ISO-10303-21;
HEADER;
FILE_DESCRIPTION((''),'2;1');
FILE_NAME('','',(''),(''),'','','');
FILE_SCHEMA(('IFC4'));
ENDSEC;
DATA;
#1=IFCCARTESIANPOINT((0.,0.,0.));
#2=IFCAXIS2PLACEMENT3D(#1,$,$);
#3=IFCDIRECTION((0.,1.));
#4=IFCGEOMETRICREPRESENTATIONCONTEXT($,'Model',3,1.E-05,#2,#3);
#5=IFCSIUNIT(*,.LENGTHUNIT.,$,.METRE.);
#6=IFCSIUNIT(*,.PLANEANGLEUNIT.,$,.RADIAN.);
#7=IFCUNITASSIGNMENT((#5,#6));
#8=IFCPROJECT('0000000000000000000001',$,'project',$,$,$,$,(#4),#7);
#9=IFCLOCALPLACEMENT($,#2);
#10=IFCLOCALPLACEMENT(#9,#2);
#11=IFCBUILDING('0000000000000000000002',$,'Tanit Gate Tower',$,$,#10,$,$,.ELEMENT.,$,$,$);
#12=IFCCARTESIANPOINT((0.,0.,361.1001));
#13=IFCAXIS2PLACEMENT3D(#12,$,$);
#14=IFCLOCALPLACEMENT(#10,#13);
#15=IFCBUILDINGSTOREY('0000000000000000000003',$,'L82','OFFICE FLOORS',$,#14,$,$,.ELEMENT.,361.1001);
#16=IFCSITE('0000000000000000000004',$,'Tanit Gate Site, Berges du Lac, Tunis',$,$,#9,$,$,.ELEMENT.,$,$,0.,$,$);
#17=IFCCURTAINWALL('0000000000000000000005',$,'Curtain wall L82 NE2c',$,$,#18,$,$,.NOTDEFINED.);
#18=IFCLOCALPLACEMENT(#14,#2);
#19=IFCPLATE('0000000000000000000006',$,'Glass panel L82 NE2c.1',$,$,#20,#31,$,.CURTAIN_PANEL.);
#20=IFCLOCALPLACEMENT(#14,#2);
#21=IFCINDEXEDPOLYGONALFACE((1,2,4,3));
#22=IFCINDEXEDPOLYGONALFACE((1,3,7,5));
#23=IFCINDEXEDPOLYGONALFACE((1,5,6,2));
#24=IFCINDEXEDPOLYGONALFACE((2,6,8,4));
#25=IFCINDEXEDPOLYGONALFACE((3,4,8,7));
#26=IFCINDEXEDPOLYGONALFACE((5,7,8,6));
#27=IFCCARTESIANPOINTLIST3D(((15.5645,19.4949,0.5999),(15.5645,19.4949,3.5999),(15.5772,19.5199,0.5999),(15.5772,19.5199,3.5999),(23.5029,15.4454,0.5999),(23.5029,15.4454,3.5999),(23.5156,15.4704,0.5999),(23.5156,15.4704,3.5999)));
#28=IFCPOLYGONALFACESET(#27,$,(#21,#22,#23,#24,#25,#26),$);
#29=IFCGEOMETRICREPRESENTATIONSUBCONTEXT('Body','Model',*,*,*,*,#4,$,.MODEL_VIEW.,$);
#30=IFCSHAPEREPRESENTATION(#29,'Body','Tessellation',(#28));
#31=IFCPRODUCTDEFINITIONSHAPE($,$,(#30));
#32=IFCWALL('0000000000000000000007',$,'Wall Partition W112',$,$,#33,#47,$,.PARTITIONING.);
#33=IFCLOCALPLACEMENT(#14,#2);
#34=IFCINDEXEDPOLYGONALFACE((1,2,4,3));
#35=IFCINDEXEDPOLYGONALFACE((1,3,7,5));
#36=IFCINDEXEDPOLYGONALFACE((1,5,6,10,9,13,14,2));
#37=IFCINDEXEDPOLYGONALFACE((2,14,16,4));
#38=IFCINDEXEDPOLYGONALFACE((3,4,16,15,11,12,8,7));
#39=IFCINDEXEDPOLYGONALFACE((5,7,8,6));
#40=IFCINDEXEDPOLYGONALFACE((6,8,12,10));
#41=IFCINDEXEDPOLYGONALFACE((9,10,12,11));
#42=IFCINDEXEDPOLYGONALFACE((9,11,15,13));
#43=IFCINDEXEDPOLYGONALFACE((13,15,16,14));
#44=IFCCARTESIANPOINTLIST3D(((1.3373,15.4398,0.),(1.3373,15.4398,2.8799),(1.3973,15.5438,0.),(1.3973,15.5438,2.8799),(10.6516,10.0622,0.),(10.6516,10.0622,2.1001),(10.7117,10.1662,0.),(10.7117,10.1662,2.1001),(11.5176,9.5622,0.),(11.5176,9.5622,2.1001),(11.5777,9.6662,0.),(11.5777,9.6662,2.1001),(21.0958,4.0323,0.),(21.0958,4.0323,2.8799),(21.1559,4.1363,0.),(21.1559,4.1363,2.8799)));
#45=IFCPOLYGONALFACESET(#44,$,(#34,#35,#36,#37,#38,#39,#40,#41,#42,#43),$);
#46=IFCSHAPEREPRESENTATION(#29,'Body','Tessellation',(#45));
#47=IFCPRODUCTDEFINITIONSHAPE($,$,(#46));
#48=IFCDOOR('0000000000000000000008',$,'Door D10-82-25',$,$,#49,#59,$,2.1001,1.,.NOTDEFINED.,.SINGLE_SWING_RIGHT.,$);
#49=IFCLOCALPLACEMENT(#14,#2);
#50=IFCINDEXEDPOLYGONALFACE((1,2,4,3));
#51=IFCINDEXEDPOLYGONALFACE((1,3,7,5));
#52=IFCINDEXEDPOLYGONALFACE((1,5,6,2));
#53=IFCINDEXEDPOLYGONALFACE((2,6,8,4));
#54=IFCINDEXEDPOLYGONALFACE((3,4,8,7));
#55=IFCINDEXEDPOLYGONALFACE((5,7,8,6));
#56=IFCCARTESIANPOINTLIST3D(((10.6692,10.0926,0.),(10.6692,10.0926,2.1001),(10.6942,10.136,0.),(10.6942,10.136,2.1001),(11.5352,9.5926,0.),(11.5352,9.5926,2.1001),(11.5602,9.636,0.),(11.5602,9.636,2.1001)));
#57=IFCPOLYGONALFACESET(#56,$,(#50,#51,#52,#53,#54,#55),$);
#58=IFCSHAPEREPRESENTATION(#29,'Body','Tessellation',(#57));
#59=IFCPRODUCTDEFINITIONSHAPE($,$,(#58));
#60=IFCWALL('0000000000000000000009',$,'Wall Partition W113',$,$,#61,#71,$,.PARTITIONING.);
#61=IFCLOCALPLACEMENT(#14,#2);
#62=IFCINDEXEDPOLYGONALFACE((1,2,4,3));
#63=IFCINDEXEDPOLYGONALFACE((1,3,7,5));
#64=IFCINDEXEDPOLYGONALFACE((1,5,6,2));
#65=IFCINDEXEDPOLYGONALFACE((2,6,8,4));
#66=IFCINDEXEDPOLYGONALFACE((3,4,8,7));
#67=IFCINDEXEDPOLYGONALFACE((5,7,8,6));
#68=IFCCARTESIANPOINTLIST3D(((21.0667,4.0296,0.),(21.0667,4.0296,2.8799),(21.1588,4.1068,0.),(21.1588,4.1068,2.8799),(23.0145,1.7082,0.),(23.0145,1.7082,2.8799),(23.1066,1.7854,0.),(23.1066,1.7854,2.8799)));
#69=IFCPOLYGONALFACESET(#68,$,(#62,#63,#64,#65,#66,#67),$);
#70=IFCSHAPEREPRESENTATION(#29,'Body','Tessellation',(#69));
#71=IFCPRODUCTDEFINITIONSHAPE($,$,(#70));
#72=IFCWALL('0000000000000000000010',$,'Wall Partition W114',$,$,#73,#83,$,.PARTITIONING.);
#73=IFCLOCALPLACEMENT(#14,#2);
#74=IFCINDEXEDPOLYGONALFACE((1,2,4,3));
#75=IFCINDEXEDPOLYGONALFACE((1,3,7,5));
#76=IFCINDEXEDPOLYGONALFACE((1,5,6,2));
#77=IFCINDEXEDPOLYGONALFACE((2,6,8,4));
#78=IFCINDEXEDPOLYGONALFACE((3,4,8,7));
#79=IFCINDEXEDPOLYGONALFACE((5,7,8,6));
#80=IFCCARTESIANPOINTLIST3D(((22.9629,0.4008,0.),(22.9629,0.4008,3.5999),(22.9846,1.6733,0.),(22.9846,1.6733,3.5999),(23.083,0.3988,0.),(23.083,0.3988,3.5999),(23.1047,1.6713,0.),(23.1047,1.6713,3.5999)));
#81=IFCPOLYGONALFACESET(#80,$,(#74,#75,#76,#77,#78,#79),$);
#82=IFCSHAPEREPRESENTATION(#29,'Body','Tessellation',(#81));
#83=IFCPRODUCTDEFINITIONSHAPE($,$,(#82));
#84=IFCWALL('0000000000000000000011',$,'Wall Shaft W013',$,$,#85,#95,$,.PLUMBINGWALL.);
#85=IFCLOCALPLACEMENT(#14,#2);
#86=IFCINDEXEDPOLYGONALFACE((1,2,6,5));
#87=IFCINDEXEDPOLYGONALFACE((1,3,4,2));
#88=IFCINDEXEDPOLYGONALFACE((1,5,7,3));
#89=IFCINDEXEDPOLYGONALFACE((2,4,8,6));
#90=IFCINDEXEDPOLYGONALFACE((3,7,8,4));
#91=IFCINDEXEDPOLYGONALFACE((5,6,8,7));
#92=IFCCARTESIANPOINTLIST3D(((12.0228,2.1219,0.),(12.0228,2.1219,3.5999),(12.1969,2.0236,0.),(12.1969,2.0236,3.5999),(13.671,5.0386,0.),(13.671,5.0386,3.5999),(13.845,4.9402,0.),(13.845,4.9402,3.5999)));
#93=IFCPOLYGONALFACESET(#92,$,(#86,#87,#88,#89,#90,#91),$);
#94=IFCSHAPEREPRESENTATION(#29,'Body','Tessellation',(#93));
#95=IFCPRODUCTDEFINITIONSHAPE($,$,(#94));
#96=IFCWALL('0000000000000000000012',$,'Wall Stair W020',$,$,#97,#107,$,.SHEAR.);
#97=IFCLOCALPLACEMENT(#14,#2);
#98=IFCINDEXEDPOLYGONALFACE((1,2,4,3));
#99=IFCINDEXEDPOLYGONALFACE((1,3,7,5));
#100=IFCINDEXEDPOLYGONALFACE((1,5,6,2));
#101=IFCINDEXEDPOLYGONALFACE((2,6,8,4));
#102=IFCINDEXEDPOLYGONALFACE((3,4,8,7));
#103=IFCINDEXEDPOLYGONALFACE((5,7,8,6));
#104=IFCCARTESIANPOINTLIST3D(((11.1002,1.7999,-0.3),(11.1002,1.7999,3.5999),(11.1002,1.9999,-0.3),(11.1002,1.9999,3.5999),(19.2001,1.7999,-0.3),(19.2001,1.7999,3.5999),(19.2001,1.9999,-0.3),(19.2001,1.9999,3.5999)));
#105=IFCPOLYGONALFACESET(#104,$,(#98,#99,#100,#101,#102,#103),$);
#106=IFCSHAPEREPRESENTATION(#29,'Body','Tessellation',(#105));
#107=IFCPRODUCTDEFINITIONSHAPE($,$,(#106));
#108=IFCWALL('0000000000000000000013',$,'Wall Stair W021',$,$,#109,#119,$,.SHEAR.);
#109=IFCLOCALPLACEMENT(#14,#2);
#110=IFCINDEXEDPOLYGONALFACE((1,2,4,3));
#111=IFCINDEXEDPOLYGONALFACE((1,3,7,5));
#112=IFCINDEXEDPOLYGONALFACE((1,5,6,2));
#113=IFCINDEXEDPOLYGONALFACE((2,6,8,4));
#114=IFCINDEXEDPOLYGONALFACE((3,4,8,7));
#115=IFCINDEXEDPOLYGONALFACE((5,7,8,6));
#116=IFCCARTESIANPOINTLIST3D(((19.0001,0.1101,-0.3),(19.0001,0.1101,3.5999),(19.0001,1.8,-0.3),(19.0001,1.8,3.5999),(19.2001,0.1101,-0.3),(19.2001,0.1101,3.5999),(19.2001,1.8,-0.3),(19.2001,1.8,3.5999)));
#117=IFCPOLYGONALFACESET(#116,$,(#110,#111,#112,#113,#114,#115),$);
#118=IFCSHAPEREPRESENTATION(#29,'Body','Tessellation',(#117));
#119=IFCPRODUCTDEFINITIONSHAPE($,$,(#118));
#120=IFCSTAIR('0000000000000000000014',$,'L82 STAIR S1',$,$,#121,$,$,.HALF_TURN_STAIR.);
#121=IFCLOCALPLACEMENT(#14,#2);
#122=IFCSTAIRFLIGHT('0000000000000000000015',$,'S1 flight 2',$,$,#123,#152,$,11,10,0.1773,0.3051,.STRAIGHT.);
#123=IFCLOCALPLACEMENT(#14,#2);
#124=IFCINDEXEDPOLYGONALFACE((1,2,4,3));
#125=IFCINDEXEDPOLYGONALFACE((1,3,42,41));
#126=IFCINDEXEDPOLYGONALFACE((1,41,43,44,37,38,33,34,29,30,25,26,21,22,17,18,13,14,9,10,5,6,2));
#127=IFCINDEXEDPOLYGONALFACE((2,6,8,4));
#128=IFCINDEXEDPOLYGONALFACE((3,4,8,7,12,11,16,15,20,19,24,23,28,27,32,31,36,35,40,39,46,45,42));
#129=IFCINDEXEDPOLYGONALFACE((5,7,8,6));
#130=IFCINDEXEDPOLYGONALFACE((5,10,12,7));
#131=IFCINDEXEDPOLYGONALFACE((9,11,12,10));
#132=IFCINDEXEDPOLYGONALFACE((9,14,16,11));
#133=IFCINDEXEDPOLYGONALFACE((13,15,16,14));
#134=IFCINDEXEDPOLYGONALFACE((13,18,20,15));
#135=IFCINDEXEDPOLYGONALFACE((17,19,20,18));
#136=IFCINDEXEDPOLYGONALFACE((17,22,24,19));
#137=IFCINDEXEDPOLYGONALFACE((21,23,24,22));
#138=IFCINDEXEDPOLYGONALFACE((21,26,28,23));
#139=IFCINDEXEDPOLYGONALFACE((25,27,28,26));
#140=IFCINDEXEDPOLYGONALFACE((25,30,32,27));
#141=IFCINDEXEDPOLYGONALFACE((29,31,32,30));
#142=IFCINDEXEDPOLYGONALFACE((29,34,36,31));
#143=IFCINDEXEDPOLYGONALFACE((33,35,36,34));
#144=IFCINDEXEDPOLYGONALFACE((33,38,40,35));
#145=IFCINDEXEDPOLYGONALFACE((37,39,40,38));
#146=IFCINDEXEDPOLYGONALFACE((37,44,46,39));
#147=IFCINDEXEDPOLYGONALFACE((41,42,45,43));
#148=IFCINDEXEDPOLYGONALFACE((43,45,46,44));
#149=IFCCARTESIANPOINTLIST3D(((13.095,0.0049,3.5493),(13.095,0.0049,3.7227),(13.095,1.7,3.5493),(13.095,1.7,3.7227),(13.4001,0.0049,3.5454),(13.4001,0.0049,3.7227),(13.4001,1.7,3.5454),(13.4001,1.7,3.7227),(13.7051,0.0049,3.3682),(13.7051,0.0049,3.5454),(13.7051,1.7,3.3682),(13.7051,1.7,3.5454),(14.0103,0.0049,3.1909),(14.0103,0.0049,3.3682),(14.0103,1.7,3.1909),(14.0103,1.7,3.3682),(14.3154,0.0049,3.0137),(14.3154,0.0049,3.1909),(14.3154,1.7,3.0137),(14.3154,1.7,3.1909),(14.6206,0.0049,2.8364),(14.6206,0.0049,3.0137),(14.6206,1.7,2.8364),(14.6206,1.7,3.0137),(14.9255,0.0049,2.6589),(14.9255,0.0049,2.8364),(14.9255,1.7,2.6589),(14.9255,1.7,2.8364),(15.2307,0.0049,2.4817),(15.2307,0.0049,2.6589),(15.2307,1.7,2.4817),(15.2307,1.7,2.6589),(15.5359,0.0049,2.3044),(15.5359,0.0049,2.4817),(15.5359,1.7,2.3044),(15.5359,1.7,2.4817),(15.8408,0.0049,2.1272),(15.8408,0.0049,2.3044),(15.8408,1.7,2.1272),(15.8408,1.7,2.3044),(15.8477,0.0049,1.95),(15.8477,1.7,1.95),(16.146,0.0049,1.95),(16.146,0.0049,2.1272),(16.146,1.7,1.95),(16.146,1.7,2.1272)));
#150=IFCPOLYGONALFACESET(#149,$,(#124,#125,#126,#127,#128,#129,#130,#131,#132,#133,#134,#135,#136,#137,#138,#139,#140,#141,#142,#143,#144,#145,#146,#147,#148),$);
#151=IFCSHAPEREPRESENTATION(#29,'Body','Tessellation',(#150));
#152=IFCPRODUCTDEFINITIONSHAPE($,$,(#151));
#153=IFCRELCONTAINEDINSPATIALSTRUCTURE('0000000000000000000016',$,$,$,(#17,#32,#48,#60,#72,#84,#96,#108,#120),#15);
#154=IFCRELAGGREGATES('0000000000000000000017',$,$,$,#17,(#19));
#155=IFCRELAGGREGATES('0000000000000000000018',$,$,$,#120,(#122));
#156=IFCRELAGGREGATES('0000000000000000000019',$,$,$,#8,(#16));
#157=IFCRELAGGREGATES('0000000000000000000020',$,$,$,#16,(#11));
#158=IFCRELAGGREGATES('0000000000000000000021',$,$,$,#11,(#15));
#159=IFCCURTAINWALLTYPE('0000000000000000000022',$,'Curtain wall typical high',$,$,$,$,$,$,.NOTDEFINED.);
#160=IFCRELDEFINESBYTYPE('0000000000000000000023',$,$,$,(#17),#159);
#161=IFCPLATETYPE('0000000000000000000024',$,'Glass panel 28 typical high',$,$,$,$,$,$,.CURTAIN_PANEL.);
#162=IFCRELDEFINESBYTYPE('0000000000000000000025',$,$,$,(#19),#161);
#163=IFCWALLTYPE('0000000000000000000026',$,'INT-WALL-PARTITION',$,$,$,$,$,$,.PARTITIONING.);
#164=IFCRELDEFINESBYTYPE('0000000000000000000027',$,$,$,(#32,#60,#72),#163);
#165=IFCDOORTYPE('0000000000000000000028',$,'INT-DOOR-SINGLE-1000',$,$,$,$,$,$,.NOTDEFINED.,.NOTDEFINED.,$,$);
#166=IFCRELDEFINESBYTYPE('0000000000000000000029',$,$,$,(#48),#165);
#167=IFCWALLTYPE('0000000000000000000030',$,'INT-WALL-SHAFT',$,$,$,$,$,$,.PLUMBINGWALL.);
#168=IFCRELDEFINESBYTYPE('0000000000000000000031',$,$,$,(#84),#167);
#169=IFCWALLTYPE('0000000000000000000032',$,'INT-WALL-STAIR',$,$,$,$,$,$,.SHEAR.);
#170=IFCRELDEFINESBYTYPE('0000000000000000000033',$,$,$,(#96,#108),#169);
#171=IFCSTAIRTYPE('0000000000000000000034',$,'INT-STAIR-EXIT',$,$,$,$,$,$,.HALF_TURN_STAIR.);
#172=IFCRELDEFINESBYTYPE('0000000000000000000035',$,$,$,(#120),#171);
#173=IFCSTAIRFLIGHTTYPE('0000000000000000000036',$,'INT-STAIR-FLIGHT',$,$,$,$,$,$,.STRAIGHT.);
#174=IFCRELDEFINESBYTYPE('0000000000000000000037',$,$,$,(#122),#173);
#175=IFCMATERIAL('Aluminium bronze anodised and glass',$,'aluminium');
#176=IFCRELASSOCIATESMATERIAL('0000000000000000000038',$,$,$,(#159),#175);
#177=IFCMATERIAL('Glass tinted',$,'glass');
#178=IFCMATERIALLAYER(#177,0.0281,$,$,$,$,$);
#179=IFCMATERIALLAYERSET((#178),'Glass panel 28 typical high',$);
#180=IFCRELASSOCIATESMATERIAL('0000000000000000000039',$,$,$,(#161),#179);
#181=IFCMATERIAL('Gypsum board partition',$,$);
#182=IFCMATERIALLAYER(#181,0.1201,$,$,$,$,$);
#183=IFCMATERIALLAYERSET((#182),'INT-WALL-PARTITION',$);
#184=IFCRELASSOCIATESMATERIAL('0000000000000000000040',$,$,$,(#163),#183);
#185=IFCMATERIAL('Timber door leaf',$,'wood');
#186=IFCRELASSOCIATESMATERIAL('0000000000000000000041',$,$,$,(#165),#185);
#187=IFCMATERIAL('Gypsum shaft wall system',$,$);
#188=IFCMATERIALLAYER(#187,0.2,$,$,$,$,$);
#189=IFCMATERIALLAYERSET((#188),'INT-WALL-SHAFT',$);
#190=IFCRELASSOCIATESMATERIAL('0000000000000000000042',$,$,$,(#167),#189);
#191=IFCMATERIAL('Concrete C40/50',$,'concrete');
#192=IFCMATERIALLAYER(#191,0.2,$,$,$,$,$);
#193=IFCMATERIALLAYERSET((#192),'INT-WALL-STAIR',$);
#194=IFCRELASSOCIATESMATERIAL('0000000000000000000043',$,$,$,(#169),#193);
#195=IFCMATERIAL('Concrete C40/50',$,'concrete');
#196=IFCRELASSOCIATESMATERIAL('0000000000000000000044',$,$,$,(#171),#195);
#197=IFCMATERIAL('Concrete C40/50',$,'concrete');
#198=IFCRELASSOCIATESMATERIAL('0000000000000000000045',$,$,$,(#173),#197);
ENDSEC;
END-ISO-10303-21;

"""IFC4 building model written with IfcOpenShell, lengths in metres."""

from ifc_helpers import new_model, si_unit, direction, frame, frame_2d, origin, origin_2d, place, context, subcontext, project, spatial, polyline, rectangle, outline, extrude, material, layer, layer_set, type_object, element, fill, aggregate, save


model = new_model("IFC4")

# Units and contexts
model_context = context("Model", 3, precision=1e-05, world=origin(), true_north=direction((0.0, 1.0)))
body_context = subcontext(model_context, "Body", "Model", "MODEL_VIEW")
ifc_project = project(units=[si_unit("LENGTHUNIT", "METRE"), si_unit("PLANEANGLEUNIT", "RADIAN")], contexts=[model_context])

# Site, building, storey
site_placement = place(None, origin())
site = spatial("IfcSite", under=ifc_project, at=site_placement, Name="Tanit Gate Site, Berges du Lac, Tunis", CompositionType="ELEMENT", RefElevation=0.0)
building_placement = place(site_placement, origin())
building = spatial("IfcBuilding", under=site, at=building_placement, Name="Tanit Gate Tower", CompositionType="ELEMENT")
storey_placement = place(building_placement, frame((0.0, 0.0, 361.1001)))
storey = spatial("IfcBuildingStorey", under=building, at=storey_placement, Name="L82", Description="OFFICE FLOORS", CompositionType="ELEMENT", Elevation=361.1001)

# Curtain wall
ifc_material_1 = material(Name="Aluminium bronze anodised and glass", Category="aluminium")
curtain_wall_type = type_object("IfcCurtainWallType", Name="Curtain wall typical high", PredefinedType="NOTDEFINED", material=ifc_material_1)
curtain_wall_placement = place(storey_placement, origin())
curtain_wall = element("IfcCurtainWall", 1, at=curtain_wall_placement, inside=storey, type_object=curtain_wall_type, Name="Curtain wall L82 NE2c", PredefinedType="NOTDEFINED")

# Plate
ifc_material_2 = material(Name="Glass tinted", Category="glass")
ifc_layer_1 = layer(ifc_material_2, 0.0281)
ifc_layer_set_1 = layer_set([ifc_layer_1], Name="Glass panel 28 typical high")
plate_type = type_object("IfcPlateType", Name="Glass panel 28 typical high", PredefinedType="CURTAIN_PANEL", material=ifc_layer_set_1)
plate_placement = place(storey_placement, frame((19.54, 17.4827, 0.5999), z_axis=(0.0, 0.0, 1.0), x_axis=(-0.890792, 0.454411, 0.0)))
plate = element("IfcPlate", 2, at=plate_placement, type_object=plate_type, Name="Glass panel L82 NE2c.1", PredefinedType="CURTAIN_PANEL", context=body_context, shape_type="SweptSolid", body=[
    extrude(rectangle(XDim=8.9116, YDim=0.0281, at=origin_2d()), origin(), (0.0, 0.0, 1.0), 3.0),
])
aggregate(curtain_wall, [plate])

# Wall, opening, door
ifc_material_3 = material(Name="Gypsum board partition")
ifc_layer_2 = layer(ifc_material_3, 0.1201)
ifc_layer_set_2 = layer_set([ifc_layer_2], Name="INT-WALL-PARTITION")
wall_type_1 = type_object("IfcWallType", Name="INT-WALL-PARTITION", PredefinedType="PARTITIONING", material=ifc_layer_set_2)
wall_1_placement = place(storey_placement, frame((21.126, 4.0842, 0.0), z_axis=(0.0, 0.0, 1.0), x_axis=(-0.866028, 0.499996, 0.0)))
wall_1 = element("IfcWall", 3, at=wall_1_placement, inside=storey, type_object=wall_type_1, Name="Wall Partition W112", PredefinedType="PARTITIONING", context=body_context, shape_type="SweptSolid", body=[
    extrude(rectangle(XDim=22.8152, YDim=0.1201, at=frame_2d((11.4077, 0.0))), origin(), (0.0, 0.0, 1.0), 2.8799),
])
opening_1_placement = place(wall_1_placement, frame((11.0601, 0.0, 0.0)))
opening_1 = element("IfcOpeningElement", 4, at=opening_1_placement, cuts=wall_1, PredefinedType="OPENING", context=body_context, shape_type="SweptSolid", body=[
    extrude(rectangle(XDim=1.0, YDim=2.1001, at=frame_2d((0.5, 1.05))), frame((0.0, 0.0701, 0.0), z_axis=(0.0, -1.0, 0.0), x_axis=(1.0, 0.0, 0.0)), (0.0, 0.0, 1.0), 0.1401),
])
ifc_material_4 = material(Name="Timber door leaf", Category="wood")
door_type_1 = type_object("IfcDoorType", Name="INT-DOOR-SINGLE-1000", OperationType="NOTDEFINED", PredefinedType="NOTDEFINED", material=ifc_material_4)
door_1_placement = place(opening_1_placement, origin())
door_1 = element("IfcDoor", 5, at=door_1_placement, inside=storey, type_object=door_type_1, Name="Door D10-82-25", OperationType="SINGLE_SWING_RIGHT", OverallHeight=2.1001, OverallWidth=1.0, PredefinedType="NOTDEFINED", context=body_context, shape_type="SweptSolid", body=[
    extrude(rectangle(XDim=1.0, YDim=2.1001, at=frame_2d((0.5, 1.05))), frame((0.0, 0.0249, 0.0), z_axis=(0.0, -1.0, 0.0), x_axis=(1.0, 0.0, 0.0)), (0.0, 0.0, 1.0), 0.05),
])
fill(opening_1, door_1)

# Walls
wall_2_placement = place(storey_placement, frame((23.0605, 1.7468, 0.0), z_axis=(0.0, 0.0, 1.0), x_axis=(-0.64278, 0.766051, 0.0)))
element("IfcWall", 6, at=wall_2_placement, inside=storey, type_object=wall_type_1, Name="Wall Partition W113", PredefinedType="PARTITIONING", context=body_context, shape_type="SweptSolid", body=[
    extrude(rectangle(XDim=3.0303, YDim=0.1201, at=frame_2d((1.5151, 0.0))), origin(), (0.0, 0.0, 1.0), 2.8799),
])
wall_3_placement = place(storey_placement, frame((23.0229, 0.3999, 0.0), z_axis=(0.0, 0.0, 1.0), x_axis=(0.017073, 0.999854, 0.0)))
element("IfcWall", 7, at=wall_3_placement, inside=storey, type_object=wall_type_1, Name="Wall Partition W114", PredefinedType="PARTITIONING", context=body_context, shape_type="SweptSolid", body=[
    extrude(rectangle(XDim=1.2727, YDim=0.1201, at=frame_2d((0.6362, 0.0))), origin(), (0.0, 0.0, 1.0), 3.5999),
])
ifc_material_5 = material(Name="Gypsum shaft wall system")
ifc_layer_3 = layer(ifc_material_5, 0.2)
ifc_layer_set_3 = layer_set([ifc_layer_3], Name="INT-WALL-SHAFT")
wall_type_2 = type_object("IfcWallType", Name="INT-WALL-SHAFT", PredefinedType="PLUMBINGWALL", material=ifc_layer_set_3)
wall_4_placement = place(storey_placement, frame((12.1099, 2.0728, 0.0), z_axis=(0.0, 0.0, 1.0), x_axis=(0.491966, 0.870614, 0.0)))
element("IfcWall", 8, at=wall_4_placement, inside=storey, type_object=wall_type_2, Name="Wall Shaft W013", PredefinedType="PLUMBINGWALL", context=body_context, shape_type="SweptSolid", body=[
    extrude(rectangle(XDim=3.3501, YDim=0.2, at=frame_2d((1.675, 0.0))), origin(), (0.0, 0.0, 1.0), 3.5999),
])
ifc_material_6 = material(Name="Concrete C40/50", Category="concrete")
ifc_layer_4 = layer(ifc_material_6, 0.2)
ifc_layer_set_4 = layer_set([ifc_layer_4], Name="INT-WALL-STAIR")
wall_type_3 = type_object("IfcWallType", Name="INT-WALL-STAIR", PredefinedType="SHEAR", material=ifc_layer_set_4)
wall_5_placement = place(storey_placement, frame((19.2, 1.8999, -0.3), z_axis=(0.0, 0.0, 1.0), x_axis=(-1.0, 0.0, 0.0)))
element("IfcWall", 9, at=wall_5_placement, inside=storey, type_object=wall_type_3, Name="Wall Stair W020", PredefinedType="SHEAR", context=body_context, shape_type="SweptSolid", body=[
    extrude(rectangle(XDim=8.0999, YDim=0.2, at=frame_2d((4.0498, 0.0))), origin(), (0.0, 0.0, 1.0), 3.8999),
])
wall_6_placement = place(storey_placement, frame((19.1001, 0.1101, -0.3), z_axis=(0.0, 0.0, 1.0), x_axis=(0.0, 1.0, 0.0)))
element("IfcWall", 10, at=wall_6_placement, inside=storey, type_object=wall_type_3, Name="Wall Stair W021", PredefinedType="SHEAR", context=body_context, shape_type="SweptSolid", body=[
    extrude(rectangle(XDim=1.6899, YDim=0.2, at=frame_2d((0.845, 0.0))), origin(), (0.0, 0.0, 1.0), 3.8999),
])

# Stair, stair flight
ifc_material_7 = material(Name="Concrete C40/50", Category="concrete")
stair_type = type_object("IfcStairType", Name="INT-STAIR-EXIT", PredefinedType="HALF_TURN_STAIR", material=ifc_material_7)
stair_placement = place(storey_placement, origin())
stair = element("IfcStair", 11, at=stair_placement, inside=storey, type_object=stair_type, Name="L82 STAIR S1", PredefinedType="HALF_TURN_STAIR")
ifc_material_8 = material(Name="Concrete C40/50", Category="concrete")
stair_flight_type = type_object("IfcStairFlightType", Name="INT-STAIR-FLIGHT", PredefinedType="STRAIGHT", material=ifc_material_8)
stair_flight_placement = place(storey_placement, frame((16.146, 0.8525, 1.95), z_axis=(0.0, 0.0, 1.0), x_axis=(-1.0, 0.0, 0.0)))
stair_flight = element("IfcStairFlight", 12, at=stair_flight_placement, type_object=stair_flight_type, Name="S1 flight 2", NumberOfRisers=11, NumberOfTreads=10, PredefinedType="STRAIGHT", RiserHeight=0.1773, TreadLength=0.3051, context=body_context, shape_type="SweptSolid", body=[
    extrude(outline(polyline([(0.0, 0.0), (0.0, 0.1772), (0.3052, 0.1772), (0.3052, 0.3545), (0.6101, 0.3545), (0.6101, 0.5317), (0.9153, 0.5317), (0.9153, 0.709), (1.2205, 0.709), (1.2205, 0.8865), (1.5254, 0.8865), (1.5254, 1.0637), (1.8306, 1.0637), (1.8306, 1.241), (2.1357, 1.241), (2.1357, 1.4182), (2.4409, 1.4182), (2.4409, 1.5955), (2.7458, 1.5955), (2.7458, 1.7727), (3.051, 1.7727), (3.051, 1.95), (3.051, 1.5994), (0.2983, 0.0), (0.0, 0.0)])), frame((0.0, 0.8477, 0.0), z_axis=(0.0, -1.0, 0.0), x_axis=(1.0, 0.0, 0.0)), (0.0, 0.0, 1.0), 1.6951),
])
aggregate(stair, [stair_flight])

save(model, "model.ifc")
